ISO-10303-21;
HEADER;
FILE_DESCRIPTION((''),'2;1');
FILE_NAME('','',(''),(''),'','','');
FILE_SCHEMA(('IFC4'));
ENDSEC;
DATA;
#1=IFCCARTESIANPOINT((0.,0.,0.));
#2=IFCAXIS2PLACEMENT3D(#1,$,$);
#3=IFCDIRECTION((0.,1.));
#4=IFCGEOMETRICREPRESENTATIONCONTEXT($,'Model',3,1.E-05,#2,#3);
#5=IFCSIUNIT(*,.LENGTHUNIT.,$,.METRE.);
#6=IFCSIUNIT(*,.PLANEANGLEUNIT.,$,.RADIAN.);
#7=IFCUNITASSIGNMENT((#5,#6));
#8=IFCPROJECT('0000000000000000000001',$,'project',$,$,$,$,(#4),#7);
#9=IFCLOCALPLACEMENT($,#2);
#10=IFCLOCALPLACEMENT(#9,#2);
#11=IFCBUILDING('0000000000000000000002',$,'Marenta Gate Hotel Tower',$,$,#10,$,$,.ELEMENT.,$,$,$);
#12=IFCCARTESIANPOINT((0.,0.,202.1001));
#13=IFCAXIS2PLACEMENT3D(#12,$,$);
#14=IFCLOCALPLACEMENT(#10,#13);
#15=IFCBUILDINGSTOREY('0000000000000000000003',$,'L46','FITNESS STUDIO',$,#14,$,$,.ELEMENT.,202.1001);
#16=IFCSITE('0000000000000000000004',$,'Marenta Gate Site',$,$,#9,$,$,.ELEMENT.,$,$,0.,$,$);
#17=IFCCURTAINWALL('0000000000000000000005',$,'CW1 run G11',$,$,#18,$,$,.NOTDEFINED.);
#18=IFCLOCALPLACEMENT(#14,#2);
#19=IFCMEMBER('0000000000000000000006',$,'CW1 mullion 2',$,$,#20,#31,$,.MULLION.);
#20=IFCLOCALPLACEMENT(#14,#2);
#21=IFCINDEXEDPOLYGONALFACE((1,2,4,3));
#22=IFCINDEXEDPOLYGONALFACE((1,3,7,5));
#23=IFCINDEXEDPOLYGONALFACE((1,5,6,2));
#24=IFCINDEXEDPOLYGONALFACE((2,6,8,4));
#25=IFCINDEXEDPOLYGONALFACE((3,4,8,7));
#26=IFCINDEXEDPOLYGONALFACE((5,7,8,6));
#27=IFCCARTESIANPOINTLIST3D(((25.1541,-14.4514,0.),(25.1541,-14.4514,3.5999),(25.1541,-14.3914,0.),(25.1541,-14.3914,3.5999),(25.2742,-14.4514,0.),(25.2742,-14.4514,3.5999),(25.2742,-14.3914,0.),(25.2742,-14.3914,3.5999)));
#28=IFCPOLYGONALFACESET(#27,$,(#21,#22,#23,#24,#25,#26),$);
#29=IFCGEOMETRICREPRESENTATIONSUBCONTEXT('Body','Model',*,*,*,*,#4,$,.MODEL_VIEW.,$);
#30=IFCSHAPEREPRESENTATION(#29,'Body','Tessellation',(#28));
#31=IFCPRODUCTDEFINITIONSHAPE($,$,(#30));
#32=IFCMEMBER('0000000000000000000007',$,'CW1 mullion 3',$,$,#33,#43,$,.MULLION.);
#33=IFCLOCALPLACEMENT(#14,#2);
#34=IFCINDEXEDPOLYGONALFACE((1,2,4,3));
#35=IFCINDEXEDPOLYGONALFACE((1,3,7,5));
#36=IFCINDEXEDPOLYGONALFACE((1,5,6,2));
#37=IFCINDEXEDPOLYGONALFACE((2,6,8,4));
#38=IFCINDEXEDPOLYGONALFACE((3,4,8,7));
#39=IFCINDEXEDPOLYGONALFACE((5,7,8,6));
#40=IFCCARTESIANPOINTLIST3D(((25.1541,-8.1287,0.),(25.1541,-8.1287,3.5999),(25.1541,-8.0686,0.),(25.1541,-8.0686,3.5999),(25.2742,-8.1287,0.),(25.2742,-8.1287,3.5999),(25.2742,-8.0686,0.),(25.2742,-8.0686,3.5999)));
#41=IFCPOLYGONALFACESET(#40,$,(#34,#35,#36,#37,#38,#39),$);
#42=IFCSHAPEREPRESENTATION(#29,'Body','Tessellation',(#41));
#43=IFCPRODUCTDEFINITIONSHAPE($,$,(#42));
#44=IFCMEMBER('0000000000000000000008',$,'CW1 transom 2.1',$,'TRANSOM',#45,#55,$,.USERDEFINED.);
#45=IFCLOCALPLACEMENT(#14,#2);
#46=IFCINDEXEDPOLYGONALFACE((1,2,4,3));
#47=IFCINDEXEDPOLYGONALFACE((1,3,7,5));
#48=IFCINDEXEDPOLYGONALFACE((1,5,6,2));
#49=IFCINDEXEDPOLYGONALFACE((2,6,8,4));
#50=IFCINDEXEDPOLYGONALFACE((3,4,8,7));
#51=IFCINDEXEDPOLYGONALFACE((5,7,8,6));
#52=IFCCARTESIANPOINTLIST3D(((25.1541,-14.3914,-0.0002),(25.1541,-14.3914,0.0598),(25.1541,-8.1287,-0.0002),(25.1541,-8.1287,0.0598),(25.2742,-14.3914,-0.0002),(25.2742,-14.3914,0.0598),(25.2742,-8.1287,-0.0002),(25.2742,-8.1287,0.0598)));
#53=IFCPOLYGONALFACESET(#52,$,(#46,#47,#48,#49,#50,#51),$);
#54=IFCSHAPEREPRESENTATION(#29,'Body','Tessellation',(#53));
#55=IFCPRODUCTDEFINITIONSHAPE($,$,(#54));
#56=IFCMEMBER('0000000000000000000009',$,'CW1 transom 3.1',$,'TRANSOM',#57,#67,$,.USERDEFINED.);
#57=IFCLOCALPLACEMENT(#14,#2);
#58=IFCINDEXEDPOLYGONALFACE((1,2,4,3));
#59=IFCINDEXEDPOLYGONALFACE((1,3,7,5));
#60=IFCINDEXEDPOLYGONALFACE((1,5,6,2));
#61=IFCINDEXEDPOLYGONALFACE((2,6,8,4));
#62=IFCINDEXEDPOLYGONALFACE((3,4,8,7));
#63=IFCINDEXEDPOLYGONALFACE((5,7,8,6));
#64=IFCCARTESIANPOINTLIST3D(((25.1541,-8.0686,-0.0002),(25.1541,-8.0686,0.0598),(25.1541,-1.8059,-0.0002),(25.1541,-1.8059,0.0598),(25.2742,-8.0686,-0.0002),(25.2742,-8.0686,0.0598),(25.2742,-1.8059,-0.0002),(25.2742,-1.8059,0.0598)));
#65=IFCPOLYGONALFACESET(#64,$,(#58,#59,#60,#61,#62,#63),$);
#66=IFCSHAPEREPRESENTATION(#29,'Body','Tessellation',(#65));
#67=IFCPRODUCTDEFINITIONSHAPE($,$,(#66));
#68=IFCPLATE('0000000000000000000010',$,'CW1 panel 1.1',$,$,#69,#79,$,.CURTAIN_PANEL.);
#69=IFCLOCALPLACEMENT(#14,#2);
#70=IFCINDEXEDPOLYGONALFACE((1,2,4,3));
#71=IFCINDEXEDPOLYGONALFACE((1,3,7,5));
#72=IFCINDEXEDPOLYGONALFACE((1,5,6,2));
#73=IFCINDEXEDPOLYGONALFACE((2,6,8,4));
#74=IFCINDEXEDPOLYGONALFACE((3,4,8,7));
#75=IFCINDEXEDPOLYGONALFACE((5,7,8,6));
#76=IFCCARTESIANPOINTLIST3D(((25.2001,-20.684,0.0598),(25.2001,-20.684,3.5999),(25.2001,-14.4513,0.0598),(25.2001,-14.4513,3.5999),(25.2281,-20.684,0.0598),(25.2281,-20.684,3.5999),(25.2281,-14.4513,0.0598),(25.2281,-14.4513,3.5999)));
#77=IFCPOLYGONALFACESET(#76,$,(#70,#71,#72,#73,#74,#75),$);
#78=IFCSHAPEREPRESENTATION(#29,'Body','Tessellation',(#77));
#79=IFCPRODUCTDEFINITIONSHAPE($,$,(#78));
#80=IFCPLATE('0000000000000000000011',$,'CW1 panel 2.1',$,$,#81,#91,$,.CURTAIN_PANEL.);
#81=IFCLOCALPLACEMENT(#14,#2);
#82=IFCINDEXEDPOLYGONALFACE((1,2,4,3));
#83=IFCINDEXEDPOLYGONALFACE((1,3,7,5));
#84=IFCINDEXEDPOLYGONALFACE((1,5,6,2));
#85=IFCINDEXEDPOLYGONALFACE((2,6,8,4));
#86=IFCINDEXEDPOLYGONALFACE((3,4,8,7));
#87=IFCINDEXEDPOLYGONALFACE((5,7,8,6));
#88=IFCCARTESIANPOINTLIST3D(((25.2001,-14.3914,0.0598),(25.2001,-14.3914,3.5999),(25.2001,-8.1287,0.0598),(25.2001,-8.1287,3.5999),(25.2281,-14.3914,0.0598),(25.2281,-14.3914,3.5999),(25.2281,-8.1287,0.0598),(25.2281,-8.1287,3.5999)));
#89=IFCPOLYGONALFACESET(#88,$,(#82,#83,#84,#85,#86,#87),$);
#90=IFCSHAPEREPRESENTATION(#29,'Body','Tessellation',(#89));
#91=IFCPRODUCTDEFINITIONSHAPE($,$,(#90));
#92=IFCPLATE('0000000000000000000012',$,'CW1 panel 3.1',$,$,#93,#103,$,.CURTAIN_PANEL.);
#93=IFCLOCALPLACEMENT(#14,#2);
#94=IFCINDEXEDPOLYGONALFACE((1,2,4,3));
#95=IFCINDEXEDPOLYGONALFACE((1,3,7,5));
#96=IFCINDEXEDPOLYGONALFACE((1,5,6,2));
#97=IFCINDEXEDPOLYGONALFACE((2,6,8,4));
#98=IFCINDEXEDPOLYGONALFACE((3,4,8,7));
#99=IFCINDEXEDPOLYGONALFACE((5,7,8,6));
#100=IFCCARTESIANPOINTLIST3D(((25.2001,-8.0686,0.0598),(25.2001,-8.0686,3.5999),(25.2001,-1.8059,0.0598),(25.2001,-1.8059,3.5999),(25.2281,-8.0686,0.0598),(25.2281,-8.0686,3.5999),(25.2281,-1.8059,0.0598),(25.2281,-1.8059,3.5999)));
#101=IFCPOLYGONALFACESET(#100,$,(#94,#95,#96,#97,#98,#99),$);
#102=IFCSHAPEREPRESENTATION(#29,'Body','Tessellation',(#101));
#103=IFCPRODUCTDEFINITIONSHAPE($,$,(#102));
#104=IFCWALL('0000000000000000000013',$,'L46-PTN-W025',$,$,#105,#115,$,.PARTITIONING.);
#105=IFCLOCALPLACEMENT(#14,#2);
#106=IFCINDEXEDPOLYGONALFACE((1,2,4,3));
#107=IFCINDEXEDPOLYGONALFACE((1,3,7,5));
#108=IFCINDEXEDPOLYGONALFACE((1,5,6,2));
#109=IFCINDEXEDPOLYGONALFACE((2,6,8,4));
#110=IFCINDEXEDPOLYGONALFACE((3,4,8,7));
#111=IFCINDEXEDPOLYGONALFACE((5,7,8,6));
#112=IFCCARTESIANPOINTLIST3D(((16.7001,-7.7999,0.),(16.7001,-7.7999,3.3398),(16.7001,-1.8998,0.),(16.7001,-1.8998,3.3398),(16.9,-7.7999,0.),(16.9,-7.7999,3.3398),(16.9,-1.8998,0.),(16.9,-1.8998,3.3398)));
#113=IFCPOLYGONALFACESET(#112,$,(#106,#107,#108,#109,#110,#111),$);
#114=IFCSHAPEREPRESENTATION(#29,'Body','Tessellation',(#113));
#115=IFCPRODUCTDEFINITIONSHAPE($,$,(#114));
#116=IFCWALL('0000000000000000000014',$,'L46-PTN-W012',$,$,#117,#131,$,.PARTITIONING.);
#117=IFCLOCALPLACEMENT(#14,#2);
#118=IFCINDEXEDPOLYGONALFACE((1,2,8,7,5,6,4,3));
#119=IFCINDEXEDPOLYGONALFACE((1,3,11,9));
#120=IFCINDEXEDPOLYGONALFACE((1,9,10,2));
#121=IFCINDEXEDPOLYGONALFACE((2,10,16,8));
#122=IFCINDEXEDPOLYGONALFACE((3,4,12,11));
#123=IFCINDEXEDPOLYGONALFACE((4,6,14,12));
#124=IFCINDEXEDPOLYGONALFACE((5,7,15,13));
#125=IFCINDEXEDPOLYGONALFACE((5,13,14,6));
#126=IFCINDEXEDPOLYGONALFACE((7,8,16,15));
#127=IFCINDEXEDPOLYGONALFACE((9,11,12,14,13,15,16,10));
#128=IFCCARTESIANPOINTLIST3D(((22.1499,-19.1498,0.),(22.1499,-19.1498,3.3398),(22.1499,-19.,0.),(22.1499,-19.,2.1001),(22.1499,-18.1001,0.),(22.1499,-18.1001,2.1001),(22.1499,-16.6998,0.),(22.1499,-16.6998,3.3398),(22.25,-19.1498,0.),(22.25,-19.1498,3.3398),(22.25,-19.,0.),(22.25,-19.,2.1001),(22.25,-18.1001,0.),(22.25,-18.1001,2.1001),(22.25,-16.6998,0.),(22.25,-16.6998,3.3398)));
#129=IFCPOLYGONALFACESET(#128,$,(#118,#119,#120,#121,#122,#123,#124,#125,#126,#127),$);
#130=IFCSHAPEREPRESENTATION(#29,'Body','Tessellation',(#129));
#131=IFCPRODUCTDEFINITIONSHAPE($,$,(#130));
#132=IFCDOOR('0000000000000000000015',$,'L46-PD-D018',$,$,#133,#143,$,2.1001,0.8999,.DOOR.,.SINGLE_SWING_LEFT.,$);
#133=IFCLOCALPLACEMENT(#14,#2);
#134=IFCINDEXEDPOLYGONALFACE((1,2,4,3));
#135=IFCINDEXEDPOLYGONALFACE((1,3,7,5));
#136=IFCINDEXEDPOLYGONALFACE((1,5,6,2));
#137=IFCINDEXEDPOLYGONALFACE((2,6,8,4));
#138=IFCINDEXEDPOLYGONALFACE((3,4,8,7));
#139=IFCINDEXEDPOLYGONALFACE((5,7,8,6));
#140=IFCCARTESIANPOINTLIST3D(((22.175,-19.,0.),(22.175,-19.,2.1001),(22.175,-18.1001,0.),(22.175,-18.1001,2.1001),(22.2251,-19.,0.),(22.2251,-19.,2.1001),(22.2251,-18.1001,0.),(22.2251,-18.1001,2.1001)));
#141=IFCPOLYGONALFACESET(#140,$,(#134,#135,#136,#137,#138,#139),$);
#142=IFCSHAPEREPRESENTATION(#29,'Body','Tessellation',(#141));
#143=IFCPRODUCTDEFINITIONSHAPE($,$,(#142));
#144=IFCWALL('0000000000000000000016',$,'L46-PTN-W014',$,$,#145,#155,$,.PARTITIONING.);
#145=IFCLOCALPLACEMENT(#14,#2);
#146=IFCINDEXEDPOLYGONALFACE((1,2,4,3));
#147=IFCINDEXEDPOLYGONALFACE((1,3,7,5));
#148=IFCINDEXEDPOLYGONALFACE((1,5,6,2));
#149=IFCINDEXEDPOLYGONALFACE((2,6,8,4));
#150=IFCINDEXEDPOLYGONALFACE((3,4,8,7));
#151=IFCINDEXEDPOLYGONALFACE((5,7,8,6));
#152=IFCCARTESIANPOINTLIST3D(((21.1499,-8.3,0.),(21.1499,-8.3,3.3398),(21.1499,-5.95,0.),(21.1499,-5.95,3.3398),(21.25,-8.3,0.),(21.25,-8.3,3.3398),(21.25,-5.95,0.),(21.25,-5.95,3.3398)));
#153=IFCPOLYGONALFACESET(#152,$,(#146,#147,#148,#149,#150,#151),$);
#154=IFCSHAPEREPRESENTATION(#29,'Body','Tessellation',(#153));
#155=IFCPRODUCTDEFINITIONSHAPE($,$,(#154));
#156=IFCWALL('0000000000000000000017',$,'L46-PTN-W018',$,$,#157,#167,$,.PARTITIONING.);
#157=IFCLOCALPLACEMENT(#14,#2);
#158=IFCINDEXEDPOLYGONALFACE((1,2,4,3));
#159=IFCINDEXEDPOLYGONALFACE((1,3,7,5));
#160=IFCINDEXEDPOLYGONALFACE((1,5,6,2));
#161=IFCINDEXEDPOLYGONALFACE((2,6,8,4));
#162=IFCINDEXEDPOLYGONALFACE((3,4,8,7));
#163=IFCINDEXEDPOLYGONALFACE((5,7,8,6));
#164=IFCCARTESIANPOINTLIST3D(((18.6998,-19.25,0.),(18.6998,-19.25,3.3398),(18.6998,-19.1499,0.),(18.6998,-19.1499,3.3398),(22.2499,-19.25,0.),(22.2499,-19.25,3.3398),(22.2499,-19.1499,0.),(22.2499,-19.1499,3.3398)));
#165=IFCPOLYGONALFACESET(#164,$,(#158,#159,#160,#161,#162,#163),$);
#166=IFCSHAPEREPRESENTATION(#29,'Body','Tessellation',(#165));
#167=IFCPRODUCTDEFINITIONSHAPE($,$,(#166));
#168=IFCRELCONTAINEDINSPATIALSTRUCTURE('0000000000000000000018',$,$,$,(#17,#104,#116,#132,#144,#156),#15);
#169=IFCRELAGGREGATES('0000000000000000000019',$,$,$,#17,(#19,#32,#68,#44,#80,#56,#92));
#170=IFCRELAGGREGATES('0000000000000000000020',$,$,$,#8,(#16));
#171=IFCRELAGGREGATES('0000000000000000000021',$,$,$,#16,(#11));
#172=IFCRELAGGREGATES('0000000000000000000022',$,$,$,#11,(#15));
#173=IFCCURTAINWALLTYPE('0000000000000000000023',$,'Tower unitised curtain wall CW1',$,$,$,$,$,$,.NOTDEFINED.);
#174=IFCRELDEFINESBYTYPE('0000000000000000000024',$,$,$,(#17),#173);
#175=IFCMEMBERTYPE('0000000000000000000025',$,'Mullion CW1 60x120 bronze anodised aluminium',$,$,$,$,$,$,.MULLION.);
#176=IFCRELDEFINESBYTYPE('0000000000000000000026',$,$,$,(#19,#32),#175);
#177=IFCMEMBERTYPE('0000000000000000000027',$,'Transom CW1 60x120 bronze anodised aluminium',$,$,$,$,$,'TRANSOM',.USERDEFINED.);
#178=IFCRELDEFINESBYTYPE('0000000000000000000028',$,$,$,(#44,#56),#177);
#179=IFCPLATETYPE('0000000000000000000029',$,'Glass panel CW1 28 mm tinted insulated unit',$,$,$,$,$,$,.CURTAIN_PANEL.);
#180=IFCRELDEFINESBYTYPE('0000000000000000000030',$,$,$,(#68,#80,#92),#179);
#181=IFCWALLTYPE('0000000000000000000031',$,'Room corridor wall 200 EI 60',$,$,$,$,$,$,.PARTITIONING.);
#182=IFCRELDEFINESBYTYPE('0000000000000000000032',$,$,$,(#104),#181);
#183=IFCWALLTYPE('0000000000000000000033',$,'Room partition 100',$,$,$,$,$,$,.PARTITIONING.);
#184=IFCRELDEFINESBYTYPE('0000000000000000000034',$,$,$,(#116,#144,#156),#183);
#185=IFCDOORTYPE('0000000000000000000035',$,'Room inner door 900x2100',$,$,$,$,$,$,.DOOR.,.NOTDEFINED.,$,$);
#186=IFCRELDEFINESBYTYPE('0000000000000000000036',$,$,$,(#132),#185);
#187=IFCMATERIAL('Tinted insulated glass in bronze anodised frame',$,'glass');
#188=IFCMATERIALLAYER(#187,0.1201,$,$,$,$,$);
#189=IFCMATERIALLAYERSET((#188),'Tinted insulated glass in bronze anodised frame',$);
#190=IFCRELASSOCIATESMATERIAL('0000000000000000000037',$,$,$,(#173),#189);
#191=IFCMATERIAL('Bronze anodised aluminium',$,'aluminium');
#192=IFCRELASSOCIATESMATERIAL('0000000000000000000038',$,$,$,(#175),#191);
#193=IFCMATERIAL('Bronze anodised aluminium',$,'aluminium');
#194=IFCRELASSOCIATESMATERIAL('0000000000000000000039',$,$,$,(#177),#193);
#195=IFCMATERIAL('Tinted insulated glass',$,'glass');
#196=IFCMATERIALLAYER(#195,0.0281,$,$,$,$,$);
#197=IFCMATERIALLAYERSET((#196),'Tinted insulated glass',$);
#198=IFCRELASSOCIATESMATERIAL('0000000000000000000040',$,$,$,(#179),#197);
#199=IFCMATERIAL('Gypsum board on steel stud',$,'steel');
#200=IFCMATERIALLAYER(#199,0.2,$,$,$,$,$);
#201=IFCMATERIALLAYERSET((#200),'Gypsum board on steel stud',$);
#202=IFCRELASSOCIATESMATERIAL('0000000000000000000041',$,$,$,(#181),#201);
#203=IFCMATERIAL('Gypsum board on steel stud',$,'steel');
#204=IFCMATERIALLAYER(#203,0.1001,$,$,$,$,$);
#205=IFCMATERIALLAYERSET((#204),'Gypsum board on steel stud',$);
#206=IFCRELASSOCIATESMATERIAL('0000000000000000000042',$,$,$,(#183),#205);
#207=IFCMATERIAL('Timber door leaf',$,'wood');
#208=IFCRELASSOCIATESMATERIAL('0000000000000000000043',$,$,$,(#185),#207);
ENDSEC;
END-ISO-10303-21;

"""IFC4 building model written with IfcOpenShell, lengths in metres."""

from ifc_helpers import new_model, si_unit, direction, frame, frame_2d, origin, origin_2d, place, context, subcontext, project, spatial, rectangle, extrude, material, layer, layer_set, material_profile, profile_set, type_object, element, fill, aggregate, save


model = new_model("IFC4")

# Units and contexts
model_context = context("Model", 3, precision=1e-05, world=origin(), true_north=direction((0.0, 1.0)))
body_context = subcontext(model_context, "Body", "Model", "MODEL_VIEW")
ifc_project = project(units=[si_unit("LENGTHUNIT", "METRE"), si_unit("PLANEANGLEUNIT", "RADIAN")], contexts=[model_context])

# Site, building, storey
site_placement = place(None, origin())
site = spatial("IfcSite", under=ifc_project, at=site_placement, Name="Marenta Gate Site", CompositionType="ELEMENT", RefElevation=0.0)
building_placement = place(site_placement, origin())
building = spatial("IfcBuilding", under=site, at=building_placement, Name="Marenta Gate Hotel Tower", CompositionType="ELEMENT")
storey_placement = place(building_placement, frame((0.0, 0.0, 202.1001)))
storey = spatial("IfcBuildingStorey", under=building, at=storey_placement, Name="L46", Description="FITNESS STUDIO", CompositionType="ELEMENT", Elevation=202.1001)

# Curtain wall, members, plates
ifc_material_1 = material(Name="Tinted insulated glass in bronze anodised frame", Category="glass")
ifc_layer_1 = layer(ifc_material_1, 0.1201)
ifc_layer_set_1 = layer_set([ifc_layer_1], Name="Tinted insulated glass in bronze anodised frame")
curtain_wall_type = type_object("IfcCurtainWallType", Name="Tower unitised curtain wall CW1", PredefinedType="NOTDEFINED", material=ifc_layer_set_1)
curtain_wall_placement = place(storey_placement, origin())
curtain_wall = element("IfcCurtainWall", 1, at=curtain_wall_placement, inside=storey, type_object=curtain_wall_type, Name="CW1 run G11", PredefinedType="NOTDEFINED")
ifc_material_2 = material(Name="Bronze anodised aluminium", Category="aluminium")
ifc_material_profile_1 = material_profile(ifc_material_2, rectangle(XDim=0.1201, YDim=0.0601, at=origin_2d()), Name="Mullion CW1 60x120 bronze anodised aluminium")
ifc_profile_set_1 = profile_set([ifc_material_profile_1], Name="Bronze anodised aluminium")
member_type_1 = type_object("IfcMemberType", Name="Mullion CW1 60x120 bronze anodised aluminium", PredefinedType="MULLION", material=ifc_profile_set_1)
member_1_placement = place(storey_placement, frame((25.2141, -14.4214, 0.0), z_axis=(0.0, 0.0, 1.0), x_axis=(-1.0, 0.0, 0.0)))
member_1 = element("IfcMember", 2, at=member_1_placement, type_object=member_type_1, Name="CW1 mullion 2", PredefinedType="MULLION", context=body_context, shape_type="SweptSolid", body=[
    extrude(rectangle(XDim=0.1201, YDim=0.0601, at=origin_2d()), origin(), (0.0, 0.0, 1.0), 3.5999),
])
member_2_placement = place(storey_placement, frame((25.2141, -8.0986, 0.0), z_axis=(0.0, 0.0, 1.0), x_axis=(-1.0, 0.0, 0.0)))
member_2 = element("IfcMember", 3, at=member_2_placement, type_object=member_type_1, Name="CW1 mullion 3", PredefinedType="MULLION", context=body_context, shape_type="SweptSolid", body=[
    extrude(rectangle(XDim=0.1201, YDim=0.0601, at=origin_2d()), origin(), (0.0, 0.0, 1.0), 3.5999),
])
ifc_material_3 = material(Name="Bronze anodised aluminium", Category="aluminium")
ifc_material_profile_2 = material_profile(ifc_material_3, rectangle(XDim=0.1201, YDim=0.0601, at=origin_2d()), Name="Transom CW1 60x120 bronze anodised aluminium")
ifc_profile_set_2 = profile_set([ifc_material_profile_2], Name="Bronze anodised aluminium")
member_type_2 = type_object("IfcMemberType", Name="Transom CW1 60x120 bronze anodised aluminium", ElementType="TRANSOM", PredefinedType="USERDEFINED", material=ifc_profile_set_2)
member_3_placement = place(storey_placement, frame((25.2141, -14.3914, 0.0298), z_axis=(0.0, 1.0, 0.0), x_axis=(-1.0, 0.0, 0.0)))
member_3 = element("IfcMember", 4, at=member_3_placement, type_object=member_type_2, Name="CW1 transom 2.1", ObjectType="TRANSOM", PredefinedType="USERDEFINED", context=body_context, shape_type="SweptSolid", body=[
    extrude(rectangle(XDim=0.1201, YDim=0.0601, at=origin_2d()), origin(), (0.0, 0.0, 1.0), 6.2627),
])
member_4_placement = place(storey_placement, frame((25.2141, -8.0686, 0.0298), z_axis=(0.0, 1.0, 0.0), x_axis=(-1.0, 0.0, 0.0)))
member_4 = element("IfcMember", 5, at=member_4_placement, type_object=member_type_2, Name="CW1 transom 3.1", ObjectType="TRANSOM", PredefinedType="USERDEFINED", context=body_context, shape_type="SweptSolid", body=[
    extrude(rectangle(XDim=0.1201, YDim=0.0601, at=origin_2d()), origin(), (0.0, 0.0, 1.0), 6.2627),
])
ifc_material_4 = material(Name="Tinted insulated glass", Category="glass")
ifc_layer_2 = layer(ifc_material_4, 0.0281)
ifc_layer_set_2 = layer_set([ifc_layer_2], Name="Tinted insulated glass")
plate_type = type_object("IfcPlateType", Name="Glass panel CW1 28 mm tinted insulated unit", PredefinedType="CURTAIN_PANEL", material=ifc_layer_set_2)
plate_1_placement = place(storey_placement, frame((25.2141, -17.5676, 0.0598), z_axis=(0.0, 0.0, 1.0), x_axis=(0.0, 1.0, 0.0)))
plate_1 = element("IfcPlate", 6, at=plate_1_placement, type_object=plate_type, Name="CW1 panel 1.1", PredefinedType="CURTAIN_PANEL", context=body_context, shape_type="SweptSolid", body=[
    extrude(rectangle(XDim=6.2327, YDim=0.0281, at=origin_2d()), origin(), (0.0, 0.0, 1.0), 3.54),
])
plate_2_placement = place(storey_placement, frame((25.2141, -11.26, 0.0598), z_axis=(0.0, 0.0, 1.0), x_axis=(0.0, 1.0, 0.0)))
plate_2 = element("IfcPlate", 7, at=plate_2_placement, type_object=plate_type, Name="CW1 panel 2.1", PredefinedType="CURTAIN_PANEL", context=body_context, shape_type="SweptSolid", body=[
    extrude(rectangle(XDim=6.2627, YDim=0.0281, at=origin_2d()), origin(), (0.0, 0.0, 1.0), 3.54),
])
plate_3_placement = place(storey_placement, frame((25.2141, -4.9373, 0.0598), z_axis=(0.0, 0.0, 1.0), x_axis=(0.0, 1.0, 0.0)))
plate_3 = element("IfcPlate", 8, at=plate_3_placement, type_object=plate_type, Name="CW1 panel 3.1", PredefinedType="CURTAIN_PANEL", context=body_context, shape_type="SweptSolid", body=[
    extrude(rectangle(XDim=6.2627, YDim=0.0281, at=origin_2d()), origin(), (0.0, 0.0, 1.0), 3.54),
])
aggregate(curtain_wall, [member_1, member_2, plate_1, member_3, plate_2, member_4, plate_3])

# Wall
ifc_material_5 = material(Name="Gypsum board on steel stud", Category="steel")
ifc_layer_3 = layer(ifc_material_5, 0.2)
ifc_layer_set_3 = layer_set([ifc_layer_3], Name="Gypsum board on steel stud")
wall_type_1 = type_object("IfcWallType", Name="Room corridor wall 200 EI 60", PredefinedType="PARTITIONING", material=ifc_layer_set_3)
wall_1_placement = place(storey_placement, frame((16.8, -7.8, 0.0), z_axis=(0.0, 0.0, 1.0), x_axis=(0.0, 1.0, 0.0)))
element("IfcWall", 9, at=wall_1_placement, inside=storey, type_object=wall_type_1, Name="L46-PTN-W025", PredefinedType="PARTITIONING", context=body_context, shape_type="SweptSolid", body=[
    extrude(rectangle(XDim=5.9001, YDim=0.2, at=frame_2d((2.9502, 0.0))), origin(), (0.0, 0.0, 1.0), 3.3398),
])

# Wall, opening, door
ifc_material_6 = material(Name="Gypsum board on steel stud", Category="steel")
ifc_layer_4 = layer(ifc_material_6, 0.1001)
ifc_layer_set_4 = layer_set([ifc_layer_4], Name="Gypsum board on steel stud")
wall_type_2 = type_object("IfcWallType", Name="Room partition 100", PredefinedType="PARTITIONING", material=ifc_layer_set_4)
wall_2_placement = place(storey_placement, frame((22.2, -19.1499, 0.0), z_axis=(0.0, 0.0, 1.0), x_axis=(0.0, 1.0, 0.0)))
wall_2 = element("IfcWall", 10, at=wall_2_placement, inside=storey, type_object=wall_type_2, Name="L46-PTN-W012", PredefinedType="PARTITIONING", context=body_context, shape_type="SweptSolid", body=[
    extrude(rectangle(XDim=2.45, YDim=0.1001, at=frame_2d((1.2251, 0.0))), origin(), (0.0, 0.0, 1.0), 3.3398),
])
opening_1_placement = place(wall_2_placement, frame((0.1499, 0.0, 0.0)))
opening_1 = element("IfcOpeningElement", 11, at=opening_1_placement, cuts=wall_2, PredefinedType="OPENING", context=body_context, shape_type="SweptSolid", body=[
    extrude(rectangle(XDim=0.8999, YDim=2.1001, at=frame_2d((0.45, 1.05))), frame((0.0, 0.05, 0.0), z_axis=(0.0, -1.0, 0.0), x_axis=(1.0, 0.0, 0.0)), (0.0, 0.0, 1.0), 0.1001),
])
ifc_material_7 = material(Name="Timber door leaf", Category="wood")
door_type_1 = type_object("IfcDoorType", Name="Room inner door 900x2100", OperationType="NOTDEFINED", PredefinedType="DOOR", material=ifc_material_7)
door_1_placement = place(opening_1_placement, origin())
door_1 = element("IfcDoor", 12, at=door_1_placement, inside=storey, type_object=door_type_1, Name="L46-PD-D018", OperationType="SINGLE_SWING_LEFT", OverallHeight=2.1001, OverallWidth=0.8999, PredefinedType="DOOR", context=body_context, shape_type="SweptSolid", body=[
    extrude(rectangle(XDim=0.8999, YDim=2.1001, at=frame_2d((0.45, 1.05))), frame((0.0, 0.0249, 0.0), z_axis=(0.0, -1.0, 0.0), x_axis=(1.0, 0.0, 0.0)), (0.0, 0.0, 1.0), 0.05),
])
fill(opening_1, door_1)

# Walls
wall_3_placement = place(storey_placement, frame((21.2, -8.3, 0.0), z_axis=(0.0, 0.0, 1.0), x_axis=(0.0, 1.0, 0.0)))
element("IfcWall", 13, at=wall_3_placement, inside=storey, type_object=wall_type_2, Name="L46-PTN-W014", PredefinedType="PARTITIONING", context=body_context, shape_type="SweptSolid", body=[
    extrude(rectangle(XDim=2.3501, YDim=0.1001, at=frame_2d((1.175, 0.0))), origin(), (0.0, 0.0, 1.0), 3.3398),
])
wall_4_placement = place(storey_placement, frame((18.7, -19.2, 0.0), z_axis=(0.0, 0.0, 1.0), x_axis=(1.0, 0.0, 0.0)))
element("IfcWall", 14, at=wall_4_placement, inside=storey, type_object=wall_type_2, Name="L46-PTN-W018", PredefinedType="PARTITIONING", context=body_context, shape_type="SweptSolid", body=[
    extrude(rectangle(XDim=3.55, YDim=0.1001, at=frame_2d((1.7749, 0.0))), origin(), (0.0, 0.0, 1.0), 3.3398),
])

save(model, "model.ifc")
